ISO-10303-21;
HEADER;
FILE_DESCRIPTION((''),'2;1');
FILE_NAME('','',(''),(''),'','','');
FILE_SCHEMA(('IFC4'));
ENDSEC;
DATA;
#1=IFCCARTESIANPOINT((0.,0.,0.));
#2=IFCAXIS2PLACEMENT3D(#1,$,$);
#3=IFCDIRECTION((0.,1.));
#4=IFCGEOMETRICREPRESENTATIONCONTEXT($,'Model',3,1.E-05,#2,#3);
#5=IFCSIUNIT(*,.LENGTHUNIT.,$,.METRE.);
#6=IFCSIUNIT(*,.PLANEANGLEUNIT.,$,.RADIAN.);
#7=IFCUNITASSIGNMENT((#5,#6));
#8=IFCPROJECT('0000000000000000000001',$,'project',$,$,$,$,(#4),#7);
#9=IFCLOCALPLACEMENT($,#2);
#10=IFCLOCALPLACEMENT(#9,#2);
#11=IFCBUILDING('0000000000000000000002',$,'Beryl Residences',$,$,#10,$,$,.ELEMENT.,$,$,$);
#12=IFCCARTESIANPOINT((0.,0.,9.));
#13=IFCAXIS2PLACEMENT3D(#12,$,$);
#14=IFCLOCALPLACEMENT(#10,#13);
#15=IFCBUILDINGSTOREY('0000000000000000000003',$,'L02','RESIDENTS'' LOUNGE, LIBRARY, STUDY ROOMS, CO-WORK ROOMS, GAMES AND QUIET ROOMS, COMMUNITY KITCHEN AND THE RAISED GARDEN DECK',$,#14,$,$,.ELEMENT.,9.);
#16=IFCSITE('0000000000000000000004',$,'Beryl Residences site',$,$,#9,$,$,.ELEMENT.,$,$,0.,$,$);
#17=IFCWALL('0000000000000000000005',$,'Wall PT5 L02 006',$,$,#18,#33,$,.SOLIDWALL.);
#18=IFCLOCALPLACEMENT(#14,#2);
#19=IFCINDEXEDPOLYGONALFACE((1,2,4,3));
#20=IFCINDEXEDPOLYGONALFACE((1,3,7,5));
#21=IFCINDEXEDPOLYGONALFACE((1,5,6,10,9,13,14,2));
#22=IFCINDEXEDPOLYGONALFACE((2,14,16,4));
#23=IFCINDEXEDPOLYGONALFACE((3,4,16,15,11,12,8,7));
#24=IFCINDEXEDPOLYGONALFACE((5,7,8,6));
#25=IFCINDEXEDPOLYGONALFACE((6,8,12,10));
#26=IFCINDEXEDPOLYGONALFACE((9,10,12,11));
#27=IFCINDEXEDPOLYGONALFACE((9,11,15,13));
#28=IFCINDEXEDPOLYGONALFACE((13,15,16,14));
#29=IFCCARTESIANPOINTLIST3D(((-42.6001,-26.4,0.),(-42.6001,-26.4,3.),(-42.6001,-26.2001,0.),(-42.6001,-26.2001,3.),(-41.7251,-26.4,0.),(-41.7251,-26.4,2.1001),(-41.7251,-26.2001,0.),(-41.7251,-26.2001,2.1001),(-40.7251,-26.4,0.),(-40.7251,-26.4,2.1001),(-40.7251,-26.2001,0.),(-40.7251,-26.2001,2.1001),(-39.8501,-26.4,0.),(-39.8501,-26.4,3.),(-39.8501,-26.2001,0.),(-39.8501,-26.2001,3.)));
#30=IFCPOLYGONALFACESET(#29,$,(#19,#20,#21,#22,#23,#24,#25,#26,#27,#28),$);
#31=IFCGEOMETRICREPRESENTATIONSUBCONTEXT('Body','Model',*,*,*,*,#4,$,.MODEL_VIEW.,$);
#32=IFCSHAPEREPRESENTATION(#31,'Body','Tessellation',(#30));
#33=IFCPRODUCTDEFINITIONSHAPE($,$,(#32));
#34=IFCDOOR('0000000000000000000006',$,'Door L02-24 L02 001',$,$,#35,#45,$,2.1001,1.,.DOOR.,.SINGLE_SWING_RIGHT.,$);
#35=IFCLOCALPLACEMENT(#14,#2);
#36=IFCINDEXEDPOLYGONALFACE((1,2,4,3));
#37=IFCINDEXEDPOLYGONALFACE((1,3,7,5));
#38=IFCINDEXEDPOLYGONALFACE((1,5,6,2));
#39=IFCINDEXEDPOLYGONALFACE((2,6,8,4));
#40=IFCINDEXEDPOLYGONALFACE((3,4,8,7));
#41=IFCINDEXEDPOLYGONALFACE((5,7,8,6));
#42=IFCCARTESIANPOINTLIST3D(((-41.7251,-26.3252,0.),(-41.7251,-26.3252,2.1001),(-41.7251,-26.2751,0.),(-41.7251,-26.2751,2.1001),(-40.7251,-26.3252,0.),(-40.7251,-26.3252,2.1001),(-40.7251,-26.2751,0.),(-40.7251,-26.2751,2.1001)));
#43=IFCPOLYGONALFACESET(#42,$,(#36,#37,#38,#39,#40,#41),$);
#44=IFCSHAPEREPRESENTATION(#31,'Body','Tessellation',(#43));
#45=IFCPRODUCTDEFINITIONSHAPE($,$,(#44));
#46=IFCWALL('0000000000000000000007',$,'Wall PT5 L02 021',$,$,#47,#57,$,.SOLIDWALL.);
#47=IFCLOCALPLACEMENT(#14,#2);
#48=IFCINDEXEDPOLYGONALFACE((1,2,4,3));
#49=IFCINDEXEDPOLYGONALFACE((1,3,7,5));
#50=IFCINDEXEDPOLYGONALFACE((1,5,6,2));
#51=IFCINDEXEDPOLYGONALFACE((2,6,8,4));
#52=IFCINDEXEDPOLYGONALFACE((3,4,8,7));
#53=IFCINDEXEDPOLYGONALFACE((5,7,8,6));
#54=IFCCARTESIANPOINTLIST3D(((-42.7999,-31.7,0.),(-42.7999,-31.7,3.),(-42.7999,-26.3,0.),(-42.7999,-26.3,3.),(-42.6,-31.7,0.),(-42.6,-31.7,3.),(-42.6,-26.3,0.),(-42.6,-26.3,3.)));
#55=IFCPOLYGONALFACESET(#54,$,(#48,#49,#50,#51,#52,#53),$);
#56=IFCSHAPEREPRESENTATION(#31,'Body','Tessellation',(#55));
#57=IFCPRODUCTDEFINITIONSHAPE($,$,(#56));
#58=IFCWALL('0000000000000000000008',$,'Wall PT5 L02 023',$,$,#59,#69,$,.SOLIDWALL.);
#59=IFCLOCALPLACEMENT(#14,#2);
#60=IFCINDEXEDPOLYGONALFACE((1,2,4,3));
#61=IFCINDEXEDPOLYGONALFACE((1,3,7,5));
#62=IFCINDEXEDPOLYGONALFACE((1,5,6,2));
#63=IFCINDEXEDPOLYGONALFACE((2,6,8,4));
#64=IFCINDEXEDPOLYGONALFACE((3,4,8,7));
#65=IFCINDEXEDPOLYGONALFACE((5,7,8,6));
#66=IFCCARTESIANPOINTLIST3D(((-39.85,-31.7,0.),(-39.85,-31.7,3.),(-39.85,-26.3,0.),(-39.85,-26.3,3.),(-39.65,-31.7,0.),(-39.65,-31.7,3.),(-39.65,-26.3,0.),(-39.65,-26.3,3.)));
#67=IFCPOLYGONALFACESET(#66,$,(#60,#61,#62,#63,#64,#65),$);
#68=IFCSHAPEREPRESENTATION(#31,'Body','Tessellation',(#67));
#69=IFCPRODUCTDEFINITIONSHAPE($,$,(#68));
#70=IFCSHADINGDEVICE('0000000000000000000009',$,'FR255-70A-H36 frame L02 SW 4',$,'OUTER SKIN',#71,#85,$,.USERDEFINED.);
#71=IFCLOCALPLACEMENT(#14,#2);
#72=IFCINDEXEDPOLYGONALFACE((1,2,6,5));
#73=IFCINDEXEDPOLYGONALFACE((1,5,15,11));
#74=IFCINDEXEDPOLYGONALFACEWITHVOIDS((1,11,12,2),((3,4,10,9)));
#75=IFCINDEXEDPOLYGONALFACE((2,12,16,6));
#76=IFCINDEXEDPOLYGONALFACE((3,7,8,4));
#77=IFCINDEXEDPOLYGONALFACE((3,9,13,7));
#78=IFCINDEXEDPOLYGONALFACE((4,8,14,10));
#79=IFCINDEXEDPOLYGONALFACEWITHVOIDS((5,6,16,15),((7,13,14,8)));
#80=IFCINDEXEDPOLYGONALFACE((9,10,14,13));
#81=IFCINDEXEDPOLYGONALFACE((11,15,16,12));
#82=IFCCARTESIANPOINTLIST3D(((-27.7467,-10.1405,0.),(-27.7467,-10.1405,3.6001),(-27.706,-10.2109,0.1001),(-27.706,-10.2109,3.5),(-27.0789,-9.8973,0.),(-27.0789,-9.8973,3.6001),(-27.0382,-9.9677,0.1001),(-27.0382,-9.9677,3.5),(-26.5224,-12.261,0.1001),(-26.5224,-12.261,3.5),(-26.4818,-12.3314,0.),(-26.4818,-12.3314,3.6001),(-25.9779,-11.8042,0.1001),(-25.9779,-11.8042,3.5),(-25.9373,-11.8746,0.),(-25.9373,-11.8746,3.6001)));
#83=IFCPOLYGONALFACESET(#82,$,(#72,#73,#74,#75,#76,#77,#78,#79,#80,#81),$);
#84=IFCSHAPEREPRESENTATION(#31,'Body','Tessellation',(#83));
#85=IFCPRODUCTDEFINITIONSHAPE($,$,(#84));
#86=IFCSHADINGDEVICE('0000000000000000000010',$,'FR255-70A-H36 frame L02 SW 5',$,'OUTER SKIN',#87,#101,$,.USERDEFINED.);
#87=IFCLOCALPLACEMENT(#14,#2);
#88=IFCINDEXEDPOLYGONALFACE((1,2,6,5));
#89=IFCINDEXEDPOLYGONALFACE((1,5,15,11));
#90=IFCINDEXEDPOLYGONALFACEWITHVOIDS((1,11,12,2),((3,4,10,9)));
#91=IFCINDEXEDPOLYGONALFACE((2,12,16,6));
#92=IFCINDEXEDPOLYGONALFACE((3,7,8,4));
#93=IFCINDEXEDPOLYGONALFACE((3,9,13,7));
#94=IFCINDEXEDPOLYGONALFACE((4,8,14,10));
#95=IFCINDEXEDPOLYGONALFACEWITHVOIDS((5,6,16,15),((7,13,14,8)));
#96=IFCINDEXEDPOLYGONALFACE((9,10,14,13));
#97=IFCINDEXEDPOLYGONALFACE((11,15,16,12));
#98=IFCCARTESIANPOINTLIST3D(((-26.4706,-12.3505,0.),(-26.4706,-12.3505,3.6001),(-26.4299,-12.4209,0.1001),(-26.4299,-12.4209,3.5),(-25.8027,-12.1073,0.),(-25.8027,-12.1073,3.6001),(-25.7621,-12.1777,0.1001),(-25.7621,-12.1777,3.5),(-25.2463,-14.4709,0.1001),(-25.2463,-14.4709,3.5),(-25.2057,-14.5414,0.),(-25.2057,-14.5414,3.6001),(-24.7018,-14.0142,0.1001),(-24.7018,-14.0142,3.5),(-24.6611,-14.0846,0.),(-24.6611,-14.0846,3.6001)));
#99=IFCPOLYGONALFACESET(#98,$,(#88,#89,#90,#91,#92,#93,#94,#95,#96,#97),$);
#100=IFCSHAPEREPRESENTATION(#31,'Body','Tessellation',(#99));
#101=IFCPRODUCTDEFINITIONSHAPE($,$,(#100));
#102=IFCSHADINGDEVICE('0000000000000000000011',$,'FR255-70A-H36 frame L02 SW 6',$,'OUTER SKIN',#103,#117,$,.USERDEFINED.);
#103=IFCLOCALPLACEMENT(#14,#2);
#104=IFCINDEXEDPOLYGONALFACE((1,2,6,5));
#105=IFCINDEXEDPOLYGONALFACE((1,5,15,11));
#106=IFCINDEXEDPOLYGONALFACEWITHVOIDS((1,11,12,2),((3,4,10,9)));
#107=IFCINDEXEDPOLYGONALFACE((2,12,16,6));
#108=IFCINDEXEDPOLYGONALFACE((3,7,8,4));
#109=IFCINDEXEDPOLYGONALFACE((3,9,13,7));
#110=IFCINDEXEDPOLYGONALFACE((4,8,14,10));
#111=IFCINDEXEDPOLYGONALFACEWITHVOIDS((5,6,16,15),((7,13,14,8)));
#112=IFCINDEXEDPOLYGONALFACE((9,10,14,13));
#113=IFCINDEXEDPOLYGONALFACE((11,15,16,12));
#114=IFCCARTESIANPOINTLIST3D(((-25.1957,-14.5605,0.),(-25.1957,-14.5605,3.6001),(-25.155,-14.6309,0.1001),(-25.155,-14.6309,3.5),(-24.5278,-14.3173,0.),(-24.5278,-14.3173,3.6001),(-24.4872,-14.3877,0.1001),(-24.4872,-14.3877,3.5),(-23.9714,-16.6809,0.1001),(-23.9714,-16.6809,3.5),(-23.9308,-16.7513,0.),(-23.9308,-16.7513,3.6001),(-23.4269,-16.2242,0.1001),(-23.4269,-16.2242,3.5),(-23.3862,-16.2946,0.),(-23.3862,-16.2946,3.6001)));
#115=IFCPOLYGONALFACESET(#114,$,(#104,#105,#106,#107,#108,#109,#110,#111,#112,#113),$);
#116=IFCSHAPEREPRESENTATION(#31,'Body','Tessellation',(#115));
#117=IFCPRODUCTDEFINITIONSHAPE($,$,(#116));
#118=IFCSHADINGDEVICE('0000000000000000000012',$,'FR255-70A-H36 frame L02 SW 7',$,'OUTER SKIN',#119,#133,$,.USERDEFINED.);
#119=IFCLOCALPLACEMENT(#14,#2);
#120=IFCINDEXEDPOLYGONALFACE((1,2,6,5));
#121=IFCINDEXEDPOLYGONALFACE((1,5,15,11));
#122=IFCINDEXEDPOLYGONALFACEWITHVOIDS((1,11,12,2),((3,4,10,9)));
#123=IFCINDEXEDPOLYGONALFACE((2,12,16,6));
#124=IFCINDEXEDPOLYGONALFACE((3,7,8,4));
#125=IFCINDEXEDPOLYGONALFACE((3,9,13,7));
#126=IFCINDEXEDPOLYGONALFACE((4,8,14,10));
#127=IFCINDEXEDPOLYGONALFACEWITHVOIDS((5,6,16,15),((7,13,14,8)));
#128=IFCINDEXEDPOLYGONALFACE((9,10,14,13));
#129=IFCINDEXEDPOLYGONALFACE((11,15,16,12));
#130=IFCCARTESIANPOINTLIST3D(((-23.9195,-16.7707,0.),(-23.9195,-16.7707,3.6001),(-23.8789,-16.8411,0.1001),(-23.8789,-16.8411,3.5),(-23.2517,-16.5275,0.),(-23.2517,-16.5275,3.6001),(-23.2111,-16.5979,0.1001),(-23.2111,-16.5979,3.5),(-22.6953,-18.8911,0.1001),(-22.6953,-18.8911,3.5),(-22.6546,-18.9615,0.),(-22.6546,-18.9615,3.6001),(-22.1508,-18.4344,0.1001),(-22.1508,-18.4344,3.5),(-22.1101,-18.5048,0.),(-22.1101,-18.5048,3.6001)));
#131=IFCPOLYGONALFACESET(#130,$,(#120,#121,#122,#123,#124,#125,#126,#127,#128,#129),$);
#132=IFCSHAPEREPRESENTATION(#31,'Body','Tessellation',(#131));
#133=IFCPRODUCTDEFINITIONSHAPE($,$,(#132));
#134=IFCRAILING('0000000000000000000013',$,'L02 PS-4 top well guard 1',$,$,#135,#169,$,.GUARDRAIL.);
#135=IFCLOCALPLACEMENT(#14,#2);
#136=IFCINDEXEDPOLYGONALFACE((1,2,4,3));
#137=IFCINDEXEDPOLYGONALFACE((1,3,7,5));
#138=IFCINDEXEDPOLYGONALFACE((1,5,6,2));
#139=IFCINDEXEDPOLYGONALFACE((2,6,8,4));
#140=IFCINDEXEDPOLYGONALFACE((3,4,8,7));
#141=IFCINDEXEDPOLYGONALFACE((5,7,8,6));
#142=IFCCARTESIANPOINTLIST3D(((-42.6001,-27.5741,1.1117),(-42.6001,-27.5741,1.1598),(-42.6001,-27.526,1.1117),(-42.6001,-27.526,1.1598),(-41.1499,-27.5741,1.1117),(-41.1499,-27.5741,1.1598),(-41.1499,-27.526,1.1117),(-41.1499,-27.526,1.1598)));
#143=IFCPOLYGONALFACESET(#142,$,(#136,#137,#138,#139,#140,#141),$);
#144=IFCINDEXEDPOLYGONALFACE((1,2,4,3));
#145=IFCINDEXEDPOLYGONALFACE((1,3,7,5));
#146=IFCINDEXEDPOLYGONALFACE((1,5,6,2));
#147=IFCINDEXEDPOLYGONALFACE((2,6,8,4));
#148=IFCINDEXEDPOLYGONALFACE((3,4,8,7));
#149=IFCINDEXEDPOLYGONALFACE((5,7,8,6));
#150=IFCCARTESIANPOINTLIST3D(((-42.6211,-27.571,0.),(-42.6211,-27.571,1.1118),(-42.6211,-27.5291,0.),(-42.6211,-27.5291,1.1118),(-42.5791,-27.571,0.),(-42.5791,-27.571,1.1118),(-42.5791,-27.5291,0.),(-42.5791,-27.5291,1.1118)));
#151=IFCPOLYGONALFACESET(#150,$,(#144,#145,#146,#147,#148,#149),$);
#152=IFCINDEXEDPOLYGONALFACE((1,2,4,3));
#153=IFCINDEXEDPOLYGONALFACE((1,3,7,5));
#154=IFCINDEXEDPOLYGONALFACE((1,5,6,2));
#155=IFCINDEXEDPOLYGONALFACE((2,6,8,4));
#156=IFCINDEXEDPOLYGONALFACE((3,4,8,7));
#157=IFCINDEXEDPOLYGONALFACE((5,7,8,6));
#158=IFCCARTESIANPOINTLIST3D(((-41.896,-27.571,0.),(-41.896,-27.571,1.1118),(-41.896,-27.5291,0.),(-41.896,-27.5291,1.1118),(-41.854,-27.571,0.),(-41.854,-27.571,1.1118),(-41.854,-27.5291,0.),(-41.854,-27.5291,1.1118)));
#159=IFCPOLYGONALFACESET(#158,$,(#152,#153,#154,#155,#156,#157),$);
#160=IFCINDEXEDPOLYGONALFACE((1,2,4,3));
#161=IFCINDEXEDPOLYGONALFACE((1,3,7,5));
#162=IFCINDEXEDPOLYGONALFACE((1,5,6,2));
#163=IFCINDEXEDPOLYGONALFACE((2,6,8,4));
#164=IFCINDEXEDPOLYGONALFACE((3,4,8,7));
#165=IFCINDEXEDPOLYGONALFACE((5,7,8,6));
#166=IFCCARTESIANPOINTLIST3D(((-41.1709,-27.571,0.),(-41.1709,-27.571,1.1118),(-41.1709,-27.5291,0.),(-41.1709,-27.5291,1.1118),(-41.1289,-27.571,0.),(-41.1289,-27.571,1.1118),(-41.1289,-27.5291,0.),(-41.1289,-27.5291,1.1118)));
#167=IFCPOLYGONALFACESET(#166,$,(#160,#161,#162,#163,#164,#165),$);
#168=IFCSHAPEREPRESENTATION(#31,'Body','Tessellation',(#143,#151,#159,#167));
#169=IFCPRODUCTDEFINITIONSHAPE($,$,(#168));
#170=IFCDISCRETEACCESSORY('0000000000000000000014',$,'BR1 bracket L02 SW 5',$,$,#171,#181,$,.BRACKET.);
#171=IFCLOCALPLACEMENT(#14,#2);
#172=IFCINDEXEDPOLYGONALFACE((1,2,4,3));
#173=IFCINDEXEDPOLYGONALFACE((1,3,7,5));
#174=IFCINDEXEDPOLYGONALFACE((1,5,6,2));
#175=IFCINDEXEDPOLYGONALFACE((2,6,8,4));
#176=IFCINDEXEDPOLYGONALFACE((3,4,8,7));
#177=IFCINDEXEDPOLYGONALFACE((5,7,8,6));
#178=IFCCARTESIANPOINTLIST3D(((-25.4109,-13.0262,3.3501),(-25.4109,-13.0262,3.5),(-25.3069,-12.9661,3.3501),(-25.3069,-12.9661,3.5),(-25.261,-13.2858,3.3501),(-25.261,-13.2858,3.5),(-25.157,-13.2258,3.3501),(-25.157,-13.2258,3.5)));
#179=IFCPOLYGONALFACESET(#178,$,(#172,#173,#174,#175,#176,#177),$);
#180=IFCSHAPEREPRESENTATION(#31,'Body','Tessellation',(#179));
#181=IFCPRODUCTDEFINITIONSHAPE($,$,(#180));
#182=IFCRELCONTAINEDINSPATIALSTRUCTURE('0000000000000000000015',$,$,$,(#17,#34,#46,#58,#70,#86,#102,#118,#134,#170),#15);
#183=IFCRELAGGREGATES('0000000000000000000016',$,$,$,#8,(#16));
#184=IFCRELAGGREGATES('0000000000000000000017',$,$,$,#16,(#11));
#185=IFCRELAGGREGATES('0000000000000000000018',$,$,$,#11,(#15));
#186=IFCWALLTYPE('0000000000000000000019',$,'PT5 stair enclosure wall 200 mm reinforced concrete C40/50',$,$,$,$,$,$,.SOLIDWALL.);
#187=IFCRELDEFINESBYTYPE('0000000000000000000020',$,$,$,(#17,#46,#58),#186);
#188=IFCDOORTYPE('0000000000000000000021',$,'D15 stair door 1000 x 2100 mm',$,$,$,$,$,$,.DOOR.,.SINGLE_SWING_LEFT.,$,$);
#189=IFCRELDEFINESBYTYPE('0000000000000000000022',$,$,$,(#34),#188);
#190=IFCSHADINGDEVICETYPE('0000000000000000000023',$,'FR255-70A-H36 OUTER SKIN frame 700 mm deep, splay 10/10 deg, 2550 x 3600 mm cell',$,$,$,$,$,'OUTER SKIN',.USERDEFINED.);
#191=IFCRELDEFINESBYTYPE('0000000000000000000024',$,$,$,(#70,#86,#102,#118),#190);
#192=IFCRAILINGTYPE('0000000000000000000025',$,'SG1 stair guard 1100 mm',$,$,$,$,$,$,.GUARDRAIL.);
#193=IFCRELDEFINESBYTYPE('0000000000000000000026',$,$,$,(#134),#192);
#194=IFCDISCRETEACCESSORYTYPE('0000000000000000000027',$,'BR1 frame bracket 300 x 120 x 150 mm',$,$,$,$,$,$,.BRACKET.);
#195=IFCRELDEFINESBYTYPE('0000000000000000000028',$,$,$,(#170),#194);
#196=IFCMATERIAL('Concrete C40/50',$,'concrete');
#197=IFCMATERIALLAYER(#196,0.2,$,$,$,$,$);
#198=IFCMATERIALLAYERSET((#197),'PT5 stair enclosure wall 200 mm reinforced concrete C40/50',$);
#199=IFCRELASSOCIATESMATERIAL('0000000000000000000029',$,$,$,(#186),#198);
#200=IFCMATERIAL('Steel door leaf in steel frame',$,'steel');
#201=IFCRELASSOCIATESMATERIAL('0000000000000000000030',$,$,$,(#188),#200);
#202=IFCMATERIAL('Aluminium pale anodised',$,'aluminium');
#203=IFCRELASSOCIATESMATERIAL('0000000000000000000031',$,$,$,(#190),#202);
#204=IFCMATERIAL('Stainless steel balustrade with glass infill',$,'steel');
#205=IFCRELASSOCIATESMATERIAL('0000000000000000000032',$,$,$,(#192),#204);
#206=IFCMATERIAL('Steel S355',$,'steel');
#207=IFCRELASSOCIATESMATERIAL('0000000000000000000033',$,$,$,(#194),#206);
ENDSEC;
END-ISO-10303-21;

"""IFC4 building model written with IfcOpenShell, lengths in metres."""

from ifc_helpers import new_model, entity, si_unit, direction, frame, frame_2d, origin, origin_2d, place, context, subcontext, project, spatial, polyline, rectangle, outline, extrude, source, transform, mapped, material, layer, layer_set, type_object, type_shapes, element, fill, save


model = new_model("IFC4")

# Units and contexts
model_context = context("Model", 3, precision=1e-05, world=origin(), true_north=direction((0.0, 1.0)))
body_context = subcontext(model_context, "Body", "Model", "MODEL_VIEW")
ifc_project = project(units=[si_unit("LENGTHUNIT", "METRE"), si_unit("PLANEANGLEUNIT", "RADIAN")], contexts=[model_context])

# Site, building, storey
site_placement = place(None, origin())
site = spatial("IfcSite", under=ifc_project, at=site_placement, Name="Beryl Residences site", CompositionType="ELEMENT", RefElevation=0.0)
building_placement = place(site_placement, origin())
building = spatial("IfcBuilding", under=site, at=building_placement, Name="Beryl Residences", CompositionType="ELEMENT")
storey_placement = place(building_placement, frame((0.0, 0.0, 9.0)))
storey = spatial("IfcBuildingStorey", under=building, at=storey_placement, Name="L02", Description="RESIDENTS' LOUNGE, LIBRARY, STUDY ROOMS, CO-WORK ROOMS, GAMES AND QUIET ROOMS, COMMUNITY KITCHEN AND THE RAISED GARDEN DECK", CompositionType="ELEMENT", Elevation=9.0)

# Shared definitions
ifc_material_1 = material(Name="Concrete C40/50", Category="concrete")
ifc_layer_1 = layer(ifc_material_1, 0.2)
ifc_layer_set_1 = layer_set([ifc_layer_1], Name="PT5 stair enclosure wall 200 mm reinforced concrete C40/50")
wall_type = type_object("IfcWallType", Name="PT5 stair enclosure wall 200 mm reinforced concrete C40/50", PredefinedType="SOLIDWALL", material=ifc_layer_set_1)

# Wall, opening, door
wall_1_placement = place(storey_placement, frame((-42.6001, -26.3, 0.0), z_axis=(0.0, 0.0, 1.0), x_axis=(1.0, 0.0, 0.0)))
wall_1 = element("IfcWall", 1, at=wall_1_placement, inside=storey, type_object=wall_type, Name="Wall PT5 L02 006", PredefinedType="SOLIDWALL", context=body_context, shape_type="SweptSolid", body=[
    extrude(rectangle(XDim=2.75, YDim=0.2, at=frame_2d((1.375, 0.0))), origin(), (0.0, 0.0, 1.0), 3.0),
])
opening_placement = place(wall_1_placement, frame((0.875, 0.0, 0.0)))
opening = element("IfcOpeningElement", 2, at=opening_placement, cuts=wall_1, PredefinedType="OPENING", context=body_context, shape_type="SweptSolid", body=[
    extrude(rectangle(XDim=1.0, YDim=2.1001, at=frame_2d((0.5, 1.05))), frame((0.0, 0.1099, 0.0), z_axis=(0.0, -1.0, 0.0), x_axis=(1.0, 0.0, 0.0)), (0.0, 0.0, 1.0), 0.22),
])
ifc_material_2 = material(Name="Steel door leaf in steel frame", Category="steel")
door_type = type_object("IfcDoorType", Name="D15 stair door 1000 x 2100 mm", OperationType="SINGLE_SWING_LEFT", PredefinedType="DOOR", material=ifc_material_2)
door_placement = place(opening_placement, origin())
door = element("IfcDoor", 3, at=door_placement, inside=storey, type_object=door_type, Name="Door L02-24 L02 001", OperationType="SINGLE_SWING_RIGHT", OverallHeight=2.1001, OverallWidth=1.0, PredefinedType="DOOR", context=body_context, shape_type="SweptSolid", body=[
    extrude(rectangle(XDim=1.0, YDim=2.1001, at=frame_2d((0.5, 1.05))), frame((0.0, 0.0249, 0.0), z_axis=(0.0, -1.0, 0.0), x_axis=(1.0, 0.0, 0.0)), (0.0, 0.0, 1.0), 0.05),
])
fill(opening, door)

# Walls
for number, where, z_axis, x_axis, name in (
    (4, (-42.7, -31.7, 0.0), (0.0, 0.0, 1.0), (0.0, 1.0, 0.0), "Wall PT5 L02 021"),
    (5, (-39.75, -31.7, 0.0), (0.0, 0.0, 1.0), (0.0, 1.0, 0.0), "Wall PT5 L02 023"),
):
    element("IfcWall", number, at=place(storey_placement, frame(where, z_axis=z_axis, x_axis=x_axis)), inside=storey, type_object=wall_type, Name=name, PredefinedType="SOLIDWALL", context=body_context, shape_type="SweptSolid", body=[
        extrude(rectangle(XDim=5.3999, YDim=0.2, at=frame_2d((2.7, 0.0))), origin(), (0.0, 0.0, 1.0), 3.0),
    ])

# Shading devices
ifc_material_3 = material(Name="Aluminium pale anodised", Category="aluminium")
shading_device_type = type_object("IfcShadingDeviceType", Name="FR255-70A-H36 OUTER SKIN frame 700 mm deep, splay 10/10 deg, 2550 x 3600 mm cell", ElementType="OUTER SKIN", PredefinedType="USERDEFINED", material=ifc_material_3)
cartesian_point_1 = entity("IfcCartesianPoint", [-1.1416, 0.0])
cartesian_point_2 = entity("IfcCartesianPoint", [-1.0603, 0.1001])
cartesian_point_3 = entity("IfcCartesianPoint", [-1.2649, 0.0])
cartesian_point_4 = entity("IfcCartesianPoint", [-1.1836, 0.1001])
shared_shape_1 = source(origin(), body_context, "Body", "SweptSolid", [
    entity("IfcExtrudedAreaSolidTapered", entity("IfcArbitraryProfileDefWithVoids", "AREA", None, entity("IfcPolyline", [cartesian_point_1, entity("IfcCartesianPoint", [1.1416, 0.0]), entity("IfcCartesianPoint", [1.1416, 3.6001]), entity("IfcCartesianPoint", [-1.1416, 3.6001]), cartesian_point_1]), [entity("IfcPolyline", [cartesian_point_2, entity("IfcCartesianPoint", [1.0603, 0.1001]), entity("IfcCartesianPoint", [1.0603, 3.5]), entity("IfcCartesianPoint", [-1.0603, 3.5]), cartesian_point_2])]), entity("IfcAxis2Placement3D", entity("IfcCartesianPoint", [0.0, 0.0, 0.0]), entity("IfcDirection", [0.0, 1.0, 0.0]), entity("IfcDirection", [-1.0, 0.0, 0.0])), entity("IfcDirection", [0.0, 0.0, 1.0]), 0.7, entity("IfcArbitraryProfileDefWithVoids", "AREA", None, entity("IfcPolyline", [cartesian_point_3, entity("IfcCartesianPoint", [1.2649, 0.0]), entity("IfcCartesianPoint", [1.2649, 3.6001]), entity("IfcCartesianPoint", [-1.2649, 3.6001]), cartesian_point_3]), [entity("IfcPolyline", [cartesian_point_4, entity("IfcCartesianPoint", [1.1836, 0.1001]), entity("IfcCartesianPoint", [1.1836, 3.5]), entity("IfcCartesianPoint", [-1.1836, 3.5]), cartesian_point_4])])),
])
type_shapes(shading_device_type, [shared_shape_1])
for number, where, z_axis, x_axis, name in (
    (6, (-26.5081, -10.886, 0.0), (0.0, 0.0, 1.0), (-0.5, 0.866025, 0.0), "FR255-70A-H36 frame L02 SW 4"),
    (7, (-25.2319, -13.0959, 0.0), (0.0, 0.0, 1.0), (-0.5, 0.866025, 0.0), "FR255-70A-H36 frame L02 SW 5"),
    (8, (-23.957, -15.3059, 0.0), (0.0, 0.0, 1.0), (-0.5, 0.866025, 0.0), "FR255-70A-H36 frame L02 SW 6"),
    (9, (-22.6809, -17.5161, 0.0), (0.0, 0.0, 1.0), (-0.5, 0.866025, 0.0), "FR255-70A-H36 frame L02 SW 7"),
):
    element("IfcShadingDevice", number, at=place(storey_placement, frame(where, z_axis=z_axis, x_axis=x_axis)), inside=storey, type_object=shading_device_type, Name=name, ObjectType="OUTER SKIN", PredefinedType="USERDEFINED", context=body_context, shape_type="MappedRepresentation", body=[
        mapped(shared_shape_1, transform((0.0, 0.0, 0.0))),
    ])

# Railing
ifc_material_4 = material(Name="Stainless steel balustrade with glass infill", Category="steel")
railing_type_1 = type_object("IfcRailingType", Name="SG1 stair guard 1100 mm", PredefinedType="GUARDRAIL", material=ifc_material_4)
railing_1_placement = place(storey_placement, frame((-42.6001, -27.55, 0.0)))
element("IfcRailing", 10, at=railing_1_placement, inside=storey, type_object=railing_type_1, Name="L02 PS-4 top well guard 1", PredefinedType="GUARDRAIL", context=body_context, shape_type="SweptSolid", body=[
    extrude(rectangle(XDim=0.0481, YDim=0.0481, at=origin_2d()), frame((0.0, 0.0, 1.1357), z_axis=(1.0, 0.0, 0.0), x_axis=(0.0, 1.0, 0.0)), (0.0, 0.0, 1.0), 1.4502),
    extrude(rectangle(XDim=0.042, YDim=0.042, at=origin_2d()), origin(), (0.0, 0.0, 1.0), 1.1118),
    extrude(rectangle(XDim=0.042, YDim=0.042, at=origin_2d()), frame((0.7251, 0.0, 0.0)), (0.0, 0.0, 1.0), 1.1118),
    extrude(rectangle(XDim=0.042, YDim=0.042, at=origin_2d()), frame((1.4502, 0.0, 0.0)), (0.0, 0.0, 1.0), 1.1118),
])

# Discrete accessory
ifc_material_5 = material(Name="Steel S355", Category="steel")
discrete_accessory_type = type_object("IfcDiscreteAccessoryType", Name="BR1 frame bracket 300 x 120 x 150 mm", PredefinedType="BRACKET", material=ifc_material_5)
shared_shape_2 = source(origin(), body_context, "Body", "SweptSolid", [
    extrude(outline(polyline([(-0.1499, 0.0), (0.1499, 0.0), (0.1499, 0.1201), (-0.1499, 0.1201), (-0.1499, 0.0)])), origin(), (0.0, 0.0, 1.0), 0.1499),
])
type_shapes(discrete_accessory_type, [shared_shape_2])
discrete_accessory_placement = place(storey_placement, frame((-25.2319, -13.0959, 3.3501), z_axis=(0.0, 0.0, 1.0), x_axis=(-0.5, 0.866025, 0.0)))
element("IfcDiscreteAccessory", 11, at=discrete_accessory_placement, inside=storey, type_object=discrete_accessory_type, Name="BR1 bracket L02 SW 5", PredefinedType="BRACKET", context=body_context, shape_type="MappedRepresentation", body=[
    mapped(shared_shape_2, transform((0.0, 0.0, 0.0))),
])

save(model, "model.ifc")
